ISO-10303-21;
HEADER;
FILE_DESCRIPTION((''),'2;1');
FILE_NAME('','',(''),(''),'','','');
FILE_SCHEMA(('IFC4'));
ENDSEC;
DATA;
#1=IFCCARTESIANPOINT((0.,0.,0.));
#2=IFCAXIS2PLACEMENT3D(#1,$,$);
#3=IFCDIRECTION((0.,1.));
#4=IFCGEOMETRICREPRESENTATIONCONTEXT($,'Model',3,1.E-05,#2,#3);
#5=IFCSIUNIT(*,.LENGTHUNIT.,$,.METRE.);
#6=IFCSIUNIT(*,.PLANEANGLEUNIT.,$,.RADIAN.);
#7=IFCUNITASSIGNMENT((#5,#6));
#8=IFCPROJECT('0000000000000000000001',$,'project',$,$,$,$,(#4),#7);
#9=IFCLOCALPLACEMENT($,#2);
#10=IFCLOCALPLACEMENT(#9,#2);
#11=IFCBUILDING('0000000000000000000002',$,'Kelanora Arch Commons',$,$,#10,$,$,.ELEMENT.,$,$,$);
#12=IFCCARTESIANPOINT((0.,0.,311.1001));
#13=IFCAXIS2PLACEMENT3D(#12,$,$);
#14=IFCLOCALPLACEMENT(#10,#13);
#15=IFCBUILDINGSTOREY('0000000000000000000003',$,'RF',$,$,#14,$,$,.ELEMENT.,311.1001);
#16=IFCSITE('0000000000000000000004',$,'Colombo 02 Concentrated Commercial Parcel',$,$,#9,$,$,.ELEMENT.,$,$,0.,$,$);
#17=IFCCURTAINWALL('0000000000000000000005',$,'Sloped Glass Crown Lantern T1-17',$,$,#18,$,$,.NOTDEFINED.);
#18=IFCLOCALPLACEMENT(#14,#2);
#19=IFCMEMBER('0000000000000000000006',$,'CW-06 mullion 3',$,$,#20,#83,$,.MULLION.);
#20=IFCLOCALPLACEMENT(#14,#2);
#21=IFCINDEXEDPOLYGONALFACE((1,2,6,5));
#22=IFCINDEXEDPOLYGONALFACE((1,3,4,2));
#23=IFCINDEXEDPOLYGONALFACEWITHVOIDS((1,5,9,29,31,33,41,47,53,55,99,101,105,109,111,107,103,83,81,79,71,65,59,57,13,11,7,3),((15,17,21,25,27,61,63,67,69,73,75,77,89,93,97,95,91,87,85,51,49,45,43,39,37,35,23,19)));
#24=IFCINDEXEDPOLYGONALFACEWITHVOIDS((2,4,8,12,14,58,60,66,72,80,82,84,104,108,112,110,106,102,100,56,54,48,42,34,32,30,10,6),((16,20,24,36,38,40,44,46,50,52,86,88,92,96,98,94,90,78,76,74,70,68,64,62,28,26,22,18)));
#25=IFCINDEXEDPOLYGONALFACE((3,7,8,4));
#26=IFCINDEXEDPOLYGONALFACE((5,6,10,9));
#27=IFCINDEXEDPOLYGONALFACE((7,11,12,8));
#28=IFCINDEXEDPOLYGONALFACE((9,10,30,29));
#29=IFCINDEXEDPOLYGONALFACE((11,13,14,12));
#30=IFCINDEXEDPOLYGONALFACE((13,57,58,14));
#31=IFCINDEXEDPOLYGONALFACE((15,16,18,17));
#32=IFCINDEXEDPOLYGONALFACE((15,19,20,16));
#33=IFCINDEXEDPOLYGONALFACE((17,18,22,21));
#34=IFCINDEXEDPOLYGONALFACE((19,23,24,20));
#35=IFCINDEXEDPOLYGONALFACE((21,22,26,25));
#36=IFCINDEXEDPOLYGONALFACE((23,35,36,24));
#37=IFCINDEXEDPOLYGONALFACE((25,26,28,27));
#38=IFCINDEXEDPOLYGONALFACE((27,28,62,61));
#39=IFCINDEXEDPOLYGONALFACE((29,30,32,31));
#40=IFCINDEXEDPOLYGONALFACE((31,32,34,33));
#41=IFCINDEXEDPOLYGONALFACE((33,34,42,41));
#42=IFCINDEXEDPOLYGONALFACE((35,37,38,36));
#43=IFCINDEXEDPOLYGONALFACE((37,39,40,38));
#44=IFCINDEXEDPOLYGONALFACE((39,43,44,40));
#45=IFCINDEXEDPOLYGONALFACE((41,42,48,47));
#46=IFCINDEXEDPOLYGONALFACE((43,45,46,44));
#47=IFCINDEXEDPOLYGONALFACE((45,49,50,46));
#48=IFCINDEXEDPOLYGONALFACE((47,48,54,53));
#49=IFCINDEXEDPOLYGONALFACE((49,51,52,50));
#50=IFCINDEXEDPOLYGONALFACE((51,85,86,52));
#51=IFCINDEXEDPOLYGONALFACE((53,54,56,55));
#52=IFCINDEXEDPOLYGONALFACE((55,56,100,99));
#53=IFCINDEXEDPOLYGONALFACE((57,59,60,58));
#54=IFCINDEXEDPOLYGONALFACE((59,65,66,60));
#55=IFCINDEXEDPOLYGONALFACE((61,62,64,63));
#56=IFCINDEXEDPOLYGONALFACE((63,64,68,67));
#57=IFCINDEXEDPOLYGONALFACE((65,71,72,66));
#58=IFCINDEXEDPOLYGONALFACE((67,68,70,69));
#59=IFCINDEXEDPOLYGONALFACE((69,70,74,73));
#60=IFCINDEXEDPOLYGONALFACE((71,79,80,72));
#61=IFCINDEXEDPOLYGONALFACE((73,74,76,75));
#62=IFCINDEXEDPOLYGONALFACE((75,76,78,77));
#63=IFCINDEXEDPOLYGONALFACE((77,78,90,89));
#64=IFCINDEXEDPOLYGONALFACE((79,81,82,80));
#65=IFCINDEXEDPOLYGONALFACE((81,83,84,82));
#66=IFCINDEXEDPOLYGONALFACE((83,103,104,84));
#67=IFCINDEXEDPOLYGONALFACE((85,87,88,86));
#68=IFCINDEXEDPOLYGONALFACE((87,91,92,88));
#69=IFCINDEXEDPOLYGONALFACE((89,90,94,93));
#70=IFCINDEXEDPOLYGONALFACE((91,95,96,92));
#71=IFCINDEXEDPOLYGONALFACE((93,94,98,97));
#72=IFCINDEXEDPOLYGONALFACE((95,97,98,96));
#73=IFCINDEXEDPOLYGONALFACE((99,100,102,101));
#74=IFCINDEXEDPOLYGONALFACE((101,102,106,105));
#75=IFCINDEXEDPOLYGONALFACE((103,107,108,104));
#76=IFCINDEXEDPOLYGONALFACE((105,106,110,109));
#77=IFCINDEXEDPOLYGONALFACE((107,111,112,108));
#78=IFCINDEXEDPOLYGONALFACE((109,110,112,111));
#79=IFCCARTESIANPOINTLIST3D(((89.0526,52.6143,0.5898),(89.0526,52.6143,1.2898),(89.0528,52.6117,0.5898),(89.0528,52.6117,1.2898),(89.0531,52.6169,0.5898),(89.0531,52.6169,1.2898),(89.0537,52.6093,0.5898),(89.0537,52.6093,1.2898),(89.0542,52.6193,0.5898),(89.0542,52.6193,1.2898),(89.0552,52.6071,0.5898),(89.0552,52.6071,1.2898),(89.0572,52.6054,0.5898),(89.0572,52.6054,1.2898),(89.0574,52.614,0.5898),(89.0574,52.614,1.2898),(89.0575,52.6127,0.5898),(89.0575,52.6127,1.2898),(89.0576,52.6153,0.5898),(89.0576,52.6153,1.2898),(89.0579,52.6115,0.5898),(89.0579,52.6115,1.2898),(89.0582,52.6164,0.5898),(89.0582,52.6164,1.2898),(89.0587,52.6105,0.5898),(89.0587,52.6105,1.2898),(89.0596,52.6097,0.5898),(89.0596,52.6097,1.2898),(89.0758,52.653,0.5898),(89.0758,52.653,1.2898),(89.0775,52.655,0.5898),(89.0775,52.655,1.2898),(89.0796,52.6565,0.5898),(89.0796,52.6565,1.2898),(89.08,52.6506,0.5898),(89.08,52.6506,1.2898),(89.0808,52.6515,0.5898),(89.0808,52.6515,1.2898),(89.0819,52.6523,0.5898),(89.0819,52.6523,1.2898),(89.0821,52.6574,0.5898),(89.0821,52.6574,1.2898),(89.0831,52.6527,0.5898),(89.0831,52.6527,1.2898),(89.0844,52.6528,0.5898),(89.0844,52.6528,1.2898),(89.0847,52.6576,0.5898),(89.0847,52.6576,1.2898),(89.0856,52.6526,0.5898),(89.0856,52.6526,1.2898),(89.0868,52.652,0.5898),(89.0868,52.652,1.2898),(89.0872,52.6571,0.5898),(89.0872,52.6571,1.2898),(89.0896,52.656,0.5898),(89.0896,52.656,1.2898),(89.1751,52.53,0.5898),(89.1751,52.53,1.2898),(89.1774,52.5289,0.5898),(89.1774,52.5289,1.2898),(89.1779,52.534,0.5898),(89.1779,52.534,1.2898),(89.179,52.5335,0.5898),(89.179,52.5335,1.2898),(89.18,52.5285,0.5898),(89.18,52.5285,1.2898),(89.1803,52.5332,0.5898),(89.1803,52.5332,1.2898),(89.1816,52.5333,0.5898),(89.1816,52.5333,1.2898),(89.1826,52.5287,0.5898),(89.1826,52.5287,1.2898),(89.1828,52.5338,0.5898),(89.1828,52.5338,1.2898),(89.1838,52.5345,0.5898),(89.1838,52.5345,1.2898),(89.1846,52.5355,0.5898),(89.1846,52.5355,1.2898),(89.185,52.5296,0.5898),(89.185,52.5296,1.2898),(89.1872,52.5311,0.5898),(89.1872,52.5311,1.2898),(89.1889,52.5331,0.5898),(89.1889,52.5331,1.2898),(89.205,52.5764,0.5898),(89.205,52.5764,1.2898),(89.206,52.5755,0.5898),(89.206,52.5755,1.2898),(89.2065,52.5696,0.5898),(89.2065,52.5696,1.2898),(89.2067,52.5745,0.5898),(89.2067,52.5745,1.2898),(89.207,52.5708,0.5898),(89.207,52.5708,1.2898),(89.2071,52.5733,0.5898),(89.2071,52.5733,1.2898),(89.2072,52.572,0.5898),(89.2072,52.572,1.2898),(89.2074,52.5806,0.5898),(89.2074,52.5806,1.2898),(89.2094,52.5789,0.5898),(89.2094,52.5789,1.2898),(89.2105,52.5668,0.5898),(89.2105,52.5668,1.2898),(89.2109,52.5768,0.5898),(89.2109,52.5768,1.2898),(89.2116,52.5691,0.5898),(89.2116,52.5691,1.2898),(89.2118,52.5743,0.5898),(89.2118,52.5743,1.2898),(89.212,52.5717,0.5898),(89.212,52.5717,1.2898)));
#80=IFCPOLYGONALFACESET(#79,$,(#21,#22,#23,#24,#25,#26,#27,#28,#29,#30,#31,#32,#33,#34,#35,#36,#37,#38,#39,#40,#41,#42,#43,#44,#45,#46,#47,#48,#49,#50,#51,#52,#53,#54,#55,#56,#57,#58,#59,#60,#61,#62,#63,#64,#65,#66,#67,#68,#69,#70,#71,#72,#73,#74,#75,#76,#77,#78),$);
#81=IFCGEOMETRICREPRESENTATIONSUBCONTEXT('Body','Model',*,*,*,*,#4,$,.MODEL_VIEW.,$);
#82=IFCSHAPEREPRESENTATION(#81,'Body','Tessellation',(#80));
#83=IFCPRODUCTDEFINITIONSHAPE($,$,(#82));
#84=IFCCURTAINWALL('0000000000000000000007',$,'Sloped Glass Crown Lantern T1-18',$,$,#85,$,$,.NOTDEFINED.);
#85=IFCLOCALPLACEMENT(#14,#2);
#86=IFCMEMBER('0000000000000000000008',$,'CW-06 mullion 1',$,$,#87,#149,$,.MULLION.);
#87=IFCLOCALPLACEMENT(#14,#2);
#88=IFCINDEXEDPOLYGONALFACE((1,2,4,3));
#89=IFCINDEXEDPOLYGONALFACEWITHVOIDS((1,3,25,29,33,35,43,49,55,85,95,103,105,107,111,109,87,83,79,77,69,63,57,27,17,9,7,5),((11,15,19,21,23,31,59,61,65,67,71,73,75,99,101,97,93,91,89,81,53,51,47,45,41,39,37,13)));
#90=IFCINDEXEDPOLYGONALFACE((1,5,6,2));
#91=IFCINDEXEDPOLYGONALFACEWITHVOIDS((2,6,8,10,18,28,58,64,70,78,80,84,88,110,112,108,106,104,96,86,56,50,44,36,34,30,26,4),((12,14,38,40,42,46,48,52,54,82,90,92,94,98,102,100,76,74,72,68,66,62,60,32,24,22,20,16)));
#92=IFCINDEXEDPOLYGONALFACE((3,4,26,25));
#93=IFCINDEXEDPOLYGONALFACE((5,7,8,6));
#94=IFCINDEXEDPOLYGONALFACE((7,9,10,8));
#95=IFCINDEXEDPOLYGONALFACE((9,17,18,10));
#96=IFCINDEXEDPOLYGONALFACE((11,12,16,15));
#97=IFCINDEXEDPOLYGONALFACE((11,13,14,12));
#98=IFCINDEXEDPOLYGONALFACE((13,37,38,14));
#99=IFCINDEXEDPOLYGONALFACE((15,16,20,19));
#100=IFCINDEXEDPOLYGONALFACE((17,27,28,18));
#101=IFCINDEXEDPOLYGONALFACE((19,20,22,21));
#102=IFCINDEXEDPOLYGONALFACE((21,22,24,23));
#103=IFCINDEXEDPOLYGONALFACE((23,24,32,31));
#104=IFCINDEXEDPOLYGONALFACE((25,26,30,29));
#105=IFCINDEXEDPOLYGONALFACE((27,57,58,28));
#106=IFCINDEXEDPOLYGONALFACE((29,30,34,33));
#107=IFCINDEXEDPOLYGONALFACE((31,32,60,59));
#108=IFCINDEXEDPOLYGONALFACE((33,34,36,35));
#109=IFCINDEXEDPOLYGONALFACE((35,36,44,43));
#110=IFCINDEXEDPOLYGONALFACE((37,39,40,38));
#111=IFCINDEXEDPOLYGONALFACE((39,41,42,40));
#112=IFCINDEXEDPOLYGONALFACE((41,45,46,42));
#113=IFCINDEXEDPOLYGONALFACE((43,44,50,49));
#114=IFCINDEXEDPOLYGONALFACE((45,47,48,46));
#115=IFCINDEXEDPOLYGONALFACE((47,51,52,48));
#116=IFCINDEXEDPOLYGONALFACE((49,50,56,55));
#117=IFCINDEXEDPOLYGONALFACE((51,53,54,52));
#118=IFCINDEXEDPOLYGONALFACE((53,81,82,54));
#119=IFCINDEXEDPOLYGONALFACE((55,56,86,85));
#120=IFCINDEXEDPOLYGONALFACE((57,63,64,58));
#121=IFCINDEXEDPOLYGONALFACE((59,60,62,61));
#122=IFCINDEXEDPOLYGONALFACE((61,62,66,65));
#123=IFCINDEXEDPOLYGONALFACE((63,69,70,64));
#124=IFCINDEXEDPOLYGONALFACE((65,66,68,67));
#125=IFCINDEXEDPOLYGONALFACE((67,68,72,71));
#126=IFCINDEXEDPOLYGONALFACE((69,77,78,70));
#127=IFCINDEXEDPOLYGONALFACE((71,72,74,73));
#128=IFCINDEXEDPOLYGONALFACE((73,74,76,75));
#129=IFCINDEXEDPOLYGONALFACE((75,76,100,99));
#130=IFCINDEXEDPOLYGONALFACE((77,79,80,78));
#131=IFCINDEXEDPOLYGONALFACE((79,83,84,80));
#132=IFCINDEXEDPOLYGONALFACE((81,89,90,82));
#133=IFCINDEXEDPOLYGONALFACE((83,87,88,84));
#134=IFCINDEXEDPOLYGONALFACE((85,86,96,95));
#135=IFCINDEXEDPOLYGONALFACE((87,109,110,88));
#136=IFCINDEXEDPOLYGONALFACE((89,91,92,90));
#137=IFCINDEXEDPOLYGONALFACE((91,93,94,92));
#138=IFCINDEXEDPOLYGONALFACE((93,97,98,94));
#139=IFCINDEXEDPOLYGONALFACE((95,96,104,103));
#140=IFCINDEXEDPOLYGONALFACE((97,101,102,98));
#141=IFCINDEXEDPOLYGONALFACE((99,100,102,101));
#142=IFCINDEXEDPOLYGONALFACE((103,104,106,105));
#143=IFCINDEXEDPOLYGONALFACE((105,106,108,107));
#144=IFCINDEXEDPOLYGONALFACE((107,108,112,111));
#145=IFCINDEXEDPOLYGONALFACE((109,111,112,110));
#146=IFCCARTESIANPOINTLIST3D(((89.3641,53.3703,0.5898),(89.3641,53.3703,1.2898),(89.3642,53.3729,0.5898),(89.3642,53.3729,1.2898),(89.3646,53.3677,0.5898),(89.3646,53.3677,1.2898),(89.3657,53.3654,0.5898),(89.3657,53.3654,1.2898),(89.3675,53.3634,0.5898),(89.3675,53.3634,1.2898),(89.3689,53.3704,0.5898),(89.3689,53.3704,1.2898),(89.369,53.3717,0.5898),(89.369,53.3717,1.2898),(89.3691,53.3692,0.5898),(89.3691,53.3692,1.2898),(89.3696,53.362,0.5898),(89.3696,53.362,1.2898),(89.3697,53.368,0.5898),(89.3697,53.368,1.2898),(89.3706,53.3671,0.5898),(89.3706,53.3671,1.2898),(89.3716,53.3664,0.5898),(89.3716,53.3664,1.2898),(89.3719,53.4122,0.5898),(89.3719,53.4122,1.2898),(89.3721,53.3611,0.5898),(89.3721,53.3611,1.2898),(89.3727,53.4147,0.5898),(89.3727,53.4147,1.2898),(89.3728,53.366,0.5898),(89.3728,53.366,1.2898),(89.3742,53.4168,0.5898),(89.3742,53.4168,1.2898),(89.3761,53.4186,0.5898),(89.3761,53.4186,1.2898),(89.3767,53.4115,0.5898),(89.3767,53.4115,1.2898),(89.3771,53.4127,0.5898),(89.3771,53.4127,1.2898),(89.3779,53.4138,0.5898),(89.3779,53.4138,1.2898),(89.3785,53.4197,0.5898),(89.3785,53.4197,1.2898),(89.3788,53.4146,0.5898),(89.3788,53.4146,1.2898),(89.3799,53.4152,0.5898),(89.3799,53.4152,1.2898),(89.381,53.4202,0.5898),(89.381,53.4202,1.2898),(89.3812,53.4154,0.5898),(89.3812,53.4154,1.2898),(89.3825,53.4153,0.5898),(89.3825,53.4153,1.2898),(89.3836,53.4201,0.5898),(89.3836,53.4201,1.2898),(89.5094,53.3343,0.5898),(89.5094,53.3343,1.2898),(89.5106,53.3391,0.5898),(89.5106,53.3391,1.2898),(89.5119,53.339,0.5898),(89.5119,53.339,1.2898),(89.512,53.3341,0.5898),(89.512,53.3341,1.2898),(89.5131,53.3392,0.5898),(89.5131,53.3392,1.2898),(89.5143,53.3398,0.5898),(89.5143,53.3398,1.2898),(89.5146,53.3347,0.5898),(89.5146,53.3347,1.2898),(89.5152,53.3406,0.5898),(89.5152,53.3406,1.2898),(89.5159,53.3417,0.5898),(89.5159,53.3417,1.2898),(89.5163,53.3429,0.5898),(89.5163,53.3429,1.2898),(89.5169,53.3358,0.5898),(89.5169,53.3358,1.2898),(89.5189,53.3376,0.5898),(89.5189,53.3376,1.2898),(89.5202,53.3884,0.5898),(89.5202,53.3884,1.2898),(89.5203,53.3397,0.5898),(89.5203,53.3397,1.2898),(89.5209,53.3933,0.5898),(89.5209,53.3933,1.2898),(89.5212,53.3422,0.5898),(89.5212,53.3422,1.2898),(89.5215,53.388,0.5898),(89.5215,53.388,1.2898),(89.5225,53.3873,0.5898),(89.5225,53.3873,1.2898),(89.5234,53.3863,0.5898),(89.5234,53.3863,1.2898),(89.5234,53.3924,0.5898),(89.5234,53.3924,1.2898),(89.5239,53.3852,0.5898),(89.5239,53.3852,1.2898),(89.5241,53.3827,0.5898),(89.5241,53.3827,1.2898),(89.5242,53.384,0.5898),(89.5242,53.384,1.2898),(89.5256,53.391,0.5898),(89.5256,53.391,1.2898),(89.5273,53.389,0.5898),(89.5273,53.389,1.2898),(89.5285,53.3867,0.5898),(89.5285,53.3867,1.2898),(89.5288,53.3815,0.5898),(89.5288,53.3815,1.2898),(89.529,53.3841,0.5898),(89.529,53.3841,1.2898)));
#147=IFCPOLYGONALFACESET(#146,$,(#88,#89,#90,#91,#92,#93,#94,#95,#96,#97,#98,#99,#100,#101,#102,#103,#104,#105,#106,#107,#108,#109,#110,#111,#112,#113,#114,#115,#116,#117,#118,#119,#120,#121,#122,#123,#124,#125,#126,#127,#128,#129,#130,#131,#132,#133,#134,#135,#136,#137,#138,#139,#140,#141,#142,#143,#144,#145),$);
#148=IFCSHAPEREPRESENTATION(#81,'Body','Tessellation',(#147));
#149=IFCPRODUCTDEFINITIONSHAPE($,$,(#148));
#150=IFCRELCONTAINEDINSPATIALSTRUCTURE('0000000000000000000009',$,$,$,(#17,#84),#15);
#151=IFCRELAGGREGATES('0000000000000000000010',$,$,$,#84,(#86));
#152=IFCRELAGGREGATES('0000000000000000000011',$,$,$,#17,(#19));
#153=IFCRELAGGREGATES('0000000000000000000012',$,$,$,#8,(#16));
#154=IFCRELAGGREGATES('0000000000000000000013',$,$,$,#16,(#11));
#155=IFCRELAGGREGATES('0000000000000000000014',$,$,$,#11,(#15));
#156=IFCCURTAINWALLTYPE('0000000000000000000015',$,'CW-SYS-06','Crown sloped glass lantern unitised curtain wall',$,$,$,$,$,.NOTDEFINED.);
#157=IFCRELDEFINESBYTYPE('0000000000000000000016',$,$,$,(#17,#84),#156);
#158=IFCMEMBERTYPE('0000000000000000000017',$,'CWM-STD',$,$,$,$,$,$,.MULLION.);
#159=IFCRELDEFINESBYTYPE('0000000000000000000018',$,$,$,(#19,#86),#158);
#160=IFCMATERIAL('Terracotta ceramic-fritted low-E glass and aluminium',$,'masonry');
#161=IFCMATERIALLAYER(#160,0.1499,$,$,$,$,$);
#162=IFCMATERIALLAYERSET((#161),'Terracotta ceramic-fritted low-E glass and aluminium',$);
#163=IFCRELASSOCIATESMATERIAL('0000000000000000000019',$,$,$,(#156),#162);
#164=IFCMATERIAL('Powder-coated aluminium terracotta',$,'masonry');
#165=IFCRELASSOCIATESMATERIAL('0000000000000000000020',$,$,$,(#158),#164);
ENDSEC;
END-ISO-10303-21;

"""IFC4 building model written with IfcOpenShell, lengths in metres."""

from ifc_helpers import new_model, si_unit, direction, frame, origin, origin_2d, place, context, subcontext, project, spatial, hollow_rectangle, extrude, material, layer, layer_set, material_profile, profile_set, type_object, element, aggregate, save


model = new_model("IFC4")

# Units and contexts
model_context = context("Model", 3, precision=1e-05, world=origin(), true_north=direction((0.0, 1.0)))
body_context = subcontext(model_context, "Body", "Model", "MODEL_VIEW")
ifc_project = project(units=[si_unit("LENGTHUNIT", "METRE"), si_unit("PLANEANGLEUNIT", "RADIAN")], contexts=[model_context])

# Site, building, storey
site_placement = place(None, origin())
site = spatial("IfcSite", under=ifc_project, at=site_placement, Name="Colombo 02 Concentrated Commercial Parcel", CompositionType="ELEMENT", RefElevation=0.0)
building_placement = place(site_placement, origin())
building = spatial("IfcBuilding", under=site, at=building_placement, Name="Kelanora Arch Commons", CompositionType="ELEMENT")
storey_placement = place(building_placement, frame((0.0, 0.0, 311.1001)))
storey = spatial("IfcBuildingStorey", under=building, at=storey_placement, Name="RF", CompositionType="ELEMENT", Elevation=311.1001)

# Curtain walls, members
ifc_material_1 = material(Name="Terracotta ceramic-fritted low-E glass and aluminium", Category="masonry")
ifc_layer_1 = layer(ifc_material_1, 0.1499)
ifc_layer_set_1 = layer_set([ifc_layer_1], Name="Terracotta ceramic-fritted low-E glass and aluminium")
curtain_wall_type = type_object("IfcCurtainWallType", Name="CW-SYS-06", Description="Crown sloped glass lantern unitised curtain wall", PredefinedType="NOTDEFINED", material=ifc_layer_set_1)
ifc_material_2 = material(Name="Powder-coated aluminium terracotta", Category="masonry")
ifc_material_profile_1 = material_profile(ifc_material_2, hollow_rectangle(XDim=0.1599, YDim=0.0601, WallThickness=0.0049, InnerFilletRadius=0.0049, OuterFilletRadius=0.01, at=origin_2d()), Name="CWM160x60")
ifc_profile_set_1 = profile_set([ifc_material_profile_1], Name="Powder-coated aluminium terracotta")
member_type_1 = type_object("IfcMemberType", Name="CWM-STD", PredefinedType="MULLION", material=ifc_profile_set_1)
curtain_wall_1_placement = place(storey_placement, origin())
curtain_wall_1 = element("IfcCurtainWall", 1, at=curtain_wall_1_placement, inside=storey, type_object=curtain_wall_type, Name="Sloped Glass Crown Lantern T1-17", PredefinedType="NOTDEFINED")
member_1_placement = place(storey_placement, frame((89.1323, 52.593, 0.5898), z_axis=(0.0, 0.0, 1.0), x_axis=(-0.842271, 0.539054, 0.0)))
member_1 = element("IfcMember", 2, at=member_1_placement, type_object=member_type_1, Name="CW-06 mullion 3", PredefinedType="MULLION", context=body_context, shape_type="SweptSolid", body=[
    extrude(hollow_rectangle(XDim=0.1599, YDim=0.0601, WallThickness=0.0049, InnerFilletRadius=0.0049, OuterFilletRadius=0.01, at=origin_2d()), origin(), (0.0, 0.0, 1.0), 0.7),
])
curtain_wall_2_placement = place(storey_placement, origin())
curtain_wall_2 = element("IfcCurtainWall", 3, at=curtain_wall_2_placement, inside=storey, type_object=curtain_wall_type, Name="Sloped Glass Crown Lantern T1-18", PredefinedType="NOTDEFINED")
member_2_placement = place(storey_placement, frame((89.4465, 53.3772, 0.5898), z_axis=(0.0, 0.0, 1.0), x_axis=(-0.981427, 0.191834, 0.0)))
member_2 = element("IfcMember", 4, at=member_2_placement, type_object=member_type_1, Name="CW-06 mullion 1", PredefinedType="MULLION", context=body_context, shape_type="SweptSolid", body=[
    extrude(hollow_rectangle(XDim=0.1599, YDim=0.0601, WallThickness=0.0049, InnerFilletRadius=0.0049, OuterFilletRadius=0.01, at=origin_2d()), origin(), (0.0, 0.0, 1.0), 0.7),
])

aggregate(curtain_wall_2, [member_2])
aggregate(curtain_wall_1, [member_1])

save(model, "model.ifc")
